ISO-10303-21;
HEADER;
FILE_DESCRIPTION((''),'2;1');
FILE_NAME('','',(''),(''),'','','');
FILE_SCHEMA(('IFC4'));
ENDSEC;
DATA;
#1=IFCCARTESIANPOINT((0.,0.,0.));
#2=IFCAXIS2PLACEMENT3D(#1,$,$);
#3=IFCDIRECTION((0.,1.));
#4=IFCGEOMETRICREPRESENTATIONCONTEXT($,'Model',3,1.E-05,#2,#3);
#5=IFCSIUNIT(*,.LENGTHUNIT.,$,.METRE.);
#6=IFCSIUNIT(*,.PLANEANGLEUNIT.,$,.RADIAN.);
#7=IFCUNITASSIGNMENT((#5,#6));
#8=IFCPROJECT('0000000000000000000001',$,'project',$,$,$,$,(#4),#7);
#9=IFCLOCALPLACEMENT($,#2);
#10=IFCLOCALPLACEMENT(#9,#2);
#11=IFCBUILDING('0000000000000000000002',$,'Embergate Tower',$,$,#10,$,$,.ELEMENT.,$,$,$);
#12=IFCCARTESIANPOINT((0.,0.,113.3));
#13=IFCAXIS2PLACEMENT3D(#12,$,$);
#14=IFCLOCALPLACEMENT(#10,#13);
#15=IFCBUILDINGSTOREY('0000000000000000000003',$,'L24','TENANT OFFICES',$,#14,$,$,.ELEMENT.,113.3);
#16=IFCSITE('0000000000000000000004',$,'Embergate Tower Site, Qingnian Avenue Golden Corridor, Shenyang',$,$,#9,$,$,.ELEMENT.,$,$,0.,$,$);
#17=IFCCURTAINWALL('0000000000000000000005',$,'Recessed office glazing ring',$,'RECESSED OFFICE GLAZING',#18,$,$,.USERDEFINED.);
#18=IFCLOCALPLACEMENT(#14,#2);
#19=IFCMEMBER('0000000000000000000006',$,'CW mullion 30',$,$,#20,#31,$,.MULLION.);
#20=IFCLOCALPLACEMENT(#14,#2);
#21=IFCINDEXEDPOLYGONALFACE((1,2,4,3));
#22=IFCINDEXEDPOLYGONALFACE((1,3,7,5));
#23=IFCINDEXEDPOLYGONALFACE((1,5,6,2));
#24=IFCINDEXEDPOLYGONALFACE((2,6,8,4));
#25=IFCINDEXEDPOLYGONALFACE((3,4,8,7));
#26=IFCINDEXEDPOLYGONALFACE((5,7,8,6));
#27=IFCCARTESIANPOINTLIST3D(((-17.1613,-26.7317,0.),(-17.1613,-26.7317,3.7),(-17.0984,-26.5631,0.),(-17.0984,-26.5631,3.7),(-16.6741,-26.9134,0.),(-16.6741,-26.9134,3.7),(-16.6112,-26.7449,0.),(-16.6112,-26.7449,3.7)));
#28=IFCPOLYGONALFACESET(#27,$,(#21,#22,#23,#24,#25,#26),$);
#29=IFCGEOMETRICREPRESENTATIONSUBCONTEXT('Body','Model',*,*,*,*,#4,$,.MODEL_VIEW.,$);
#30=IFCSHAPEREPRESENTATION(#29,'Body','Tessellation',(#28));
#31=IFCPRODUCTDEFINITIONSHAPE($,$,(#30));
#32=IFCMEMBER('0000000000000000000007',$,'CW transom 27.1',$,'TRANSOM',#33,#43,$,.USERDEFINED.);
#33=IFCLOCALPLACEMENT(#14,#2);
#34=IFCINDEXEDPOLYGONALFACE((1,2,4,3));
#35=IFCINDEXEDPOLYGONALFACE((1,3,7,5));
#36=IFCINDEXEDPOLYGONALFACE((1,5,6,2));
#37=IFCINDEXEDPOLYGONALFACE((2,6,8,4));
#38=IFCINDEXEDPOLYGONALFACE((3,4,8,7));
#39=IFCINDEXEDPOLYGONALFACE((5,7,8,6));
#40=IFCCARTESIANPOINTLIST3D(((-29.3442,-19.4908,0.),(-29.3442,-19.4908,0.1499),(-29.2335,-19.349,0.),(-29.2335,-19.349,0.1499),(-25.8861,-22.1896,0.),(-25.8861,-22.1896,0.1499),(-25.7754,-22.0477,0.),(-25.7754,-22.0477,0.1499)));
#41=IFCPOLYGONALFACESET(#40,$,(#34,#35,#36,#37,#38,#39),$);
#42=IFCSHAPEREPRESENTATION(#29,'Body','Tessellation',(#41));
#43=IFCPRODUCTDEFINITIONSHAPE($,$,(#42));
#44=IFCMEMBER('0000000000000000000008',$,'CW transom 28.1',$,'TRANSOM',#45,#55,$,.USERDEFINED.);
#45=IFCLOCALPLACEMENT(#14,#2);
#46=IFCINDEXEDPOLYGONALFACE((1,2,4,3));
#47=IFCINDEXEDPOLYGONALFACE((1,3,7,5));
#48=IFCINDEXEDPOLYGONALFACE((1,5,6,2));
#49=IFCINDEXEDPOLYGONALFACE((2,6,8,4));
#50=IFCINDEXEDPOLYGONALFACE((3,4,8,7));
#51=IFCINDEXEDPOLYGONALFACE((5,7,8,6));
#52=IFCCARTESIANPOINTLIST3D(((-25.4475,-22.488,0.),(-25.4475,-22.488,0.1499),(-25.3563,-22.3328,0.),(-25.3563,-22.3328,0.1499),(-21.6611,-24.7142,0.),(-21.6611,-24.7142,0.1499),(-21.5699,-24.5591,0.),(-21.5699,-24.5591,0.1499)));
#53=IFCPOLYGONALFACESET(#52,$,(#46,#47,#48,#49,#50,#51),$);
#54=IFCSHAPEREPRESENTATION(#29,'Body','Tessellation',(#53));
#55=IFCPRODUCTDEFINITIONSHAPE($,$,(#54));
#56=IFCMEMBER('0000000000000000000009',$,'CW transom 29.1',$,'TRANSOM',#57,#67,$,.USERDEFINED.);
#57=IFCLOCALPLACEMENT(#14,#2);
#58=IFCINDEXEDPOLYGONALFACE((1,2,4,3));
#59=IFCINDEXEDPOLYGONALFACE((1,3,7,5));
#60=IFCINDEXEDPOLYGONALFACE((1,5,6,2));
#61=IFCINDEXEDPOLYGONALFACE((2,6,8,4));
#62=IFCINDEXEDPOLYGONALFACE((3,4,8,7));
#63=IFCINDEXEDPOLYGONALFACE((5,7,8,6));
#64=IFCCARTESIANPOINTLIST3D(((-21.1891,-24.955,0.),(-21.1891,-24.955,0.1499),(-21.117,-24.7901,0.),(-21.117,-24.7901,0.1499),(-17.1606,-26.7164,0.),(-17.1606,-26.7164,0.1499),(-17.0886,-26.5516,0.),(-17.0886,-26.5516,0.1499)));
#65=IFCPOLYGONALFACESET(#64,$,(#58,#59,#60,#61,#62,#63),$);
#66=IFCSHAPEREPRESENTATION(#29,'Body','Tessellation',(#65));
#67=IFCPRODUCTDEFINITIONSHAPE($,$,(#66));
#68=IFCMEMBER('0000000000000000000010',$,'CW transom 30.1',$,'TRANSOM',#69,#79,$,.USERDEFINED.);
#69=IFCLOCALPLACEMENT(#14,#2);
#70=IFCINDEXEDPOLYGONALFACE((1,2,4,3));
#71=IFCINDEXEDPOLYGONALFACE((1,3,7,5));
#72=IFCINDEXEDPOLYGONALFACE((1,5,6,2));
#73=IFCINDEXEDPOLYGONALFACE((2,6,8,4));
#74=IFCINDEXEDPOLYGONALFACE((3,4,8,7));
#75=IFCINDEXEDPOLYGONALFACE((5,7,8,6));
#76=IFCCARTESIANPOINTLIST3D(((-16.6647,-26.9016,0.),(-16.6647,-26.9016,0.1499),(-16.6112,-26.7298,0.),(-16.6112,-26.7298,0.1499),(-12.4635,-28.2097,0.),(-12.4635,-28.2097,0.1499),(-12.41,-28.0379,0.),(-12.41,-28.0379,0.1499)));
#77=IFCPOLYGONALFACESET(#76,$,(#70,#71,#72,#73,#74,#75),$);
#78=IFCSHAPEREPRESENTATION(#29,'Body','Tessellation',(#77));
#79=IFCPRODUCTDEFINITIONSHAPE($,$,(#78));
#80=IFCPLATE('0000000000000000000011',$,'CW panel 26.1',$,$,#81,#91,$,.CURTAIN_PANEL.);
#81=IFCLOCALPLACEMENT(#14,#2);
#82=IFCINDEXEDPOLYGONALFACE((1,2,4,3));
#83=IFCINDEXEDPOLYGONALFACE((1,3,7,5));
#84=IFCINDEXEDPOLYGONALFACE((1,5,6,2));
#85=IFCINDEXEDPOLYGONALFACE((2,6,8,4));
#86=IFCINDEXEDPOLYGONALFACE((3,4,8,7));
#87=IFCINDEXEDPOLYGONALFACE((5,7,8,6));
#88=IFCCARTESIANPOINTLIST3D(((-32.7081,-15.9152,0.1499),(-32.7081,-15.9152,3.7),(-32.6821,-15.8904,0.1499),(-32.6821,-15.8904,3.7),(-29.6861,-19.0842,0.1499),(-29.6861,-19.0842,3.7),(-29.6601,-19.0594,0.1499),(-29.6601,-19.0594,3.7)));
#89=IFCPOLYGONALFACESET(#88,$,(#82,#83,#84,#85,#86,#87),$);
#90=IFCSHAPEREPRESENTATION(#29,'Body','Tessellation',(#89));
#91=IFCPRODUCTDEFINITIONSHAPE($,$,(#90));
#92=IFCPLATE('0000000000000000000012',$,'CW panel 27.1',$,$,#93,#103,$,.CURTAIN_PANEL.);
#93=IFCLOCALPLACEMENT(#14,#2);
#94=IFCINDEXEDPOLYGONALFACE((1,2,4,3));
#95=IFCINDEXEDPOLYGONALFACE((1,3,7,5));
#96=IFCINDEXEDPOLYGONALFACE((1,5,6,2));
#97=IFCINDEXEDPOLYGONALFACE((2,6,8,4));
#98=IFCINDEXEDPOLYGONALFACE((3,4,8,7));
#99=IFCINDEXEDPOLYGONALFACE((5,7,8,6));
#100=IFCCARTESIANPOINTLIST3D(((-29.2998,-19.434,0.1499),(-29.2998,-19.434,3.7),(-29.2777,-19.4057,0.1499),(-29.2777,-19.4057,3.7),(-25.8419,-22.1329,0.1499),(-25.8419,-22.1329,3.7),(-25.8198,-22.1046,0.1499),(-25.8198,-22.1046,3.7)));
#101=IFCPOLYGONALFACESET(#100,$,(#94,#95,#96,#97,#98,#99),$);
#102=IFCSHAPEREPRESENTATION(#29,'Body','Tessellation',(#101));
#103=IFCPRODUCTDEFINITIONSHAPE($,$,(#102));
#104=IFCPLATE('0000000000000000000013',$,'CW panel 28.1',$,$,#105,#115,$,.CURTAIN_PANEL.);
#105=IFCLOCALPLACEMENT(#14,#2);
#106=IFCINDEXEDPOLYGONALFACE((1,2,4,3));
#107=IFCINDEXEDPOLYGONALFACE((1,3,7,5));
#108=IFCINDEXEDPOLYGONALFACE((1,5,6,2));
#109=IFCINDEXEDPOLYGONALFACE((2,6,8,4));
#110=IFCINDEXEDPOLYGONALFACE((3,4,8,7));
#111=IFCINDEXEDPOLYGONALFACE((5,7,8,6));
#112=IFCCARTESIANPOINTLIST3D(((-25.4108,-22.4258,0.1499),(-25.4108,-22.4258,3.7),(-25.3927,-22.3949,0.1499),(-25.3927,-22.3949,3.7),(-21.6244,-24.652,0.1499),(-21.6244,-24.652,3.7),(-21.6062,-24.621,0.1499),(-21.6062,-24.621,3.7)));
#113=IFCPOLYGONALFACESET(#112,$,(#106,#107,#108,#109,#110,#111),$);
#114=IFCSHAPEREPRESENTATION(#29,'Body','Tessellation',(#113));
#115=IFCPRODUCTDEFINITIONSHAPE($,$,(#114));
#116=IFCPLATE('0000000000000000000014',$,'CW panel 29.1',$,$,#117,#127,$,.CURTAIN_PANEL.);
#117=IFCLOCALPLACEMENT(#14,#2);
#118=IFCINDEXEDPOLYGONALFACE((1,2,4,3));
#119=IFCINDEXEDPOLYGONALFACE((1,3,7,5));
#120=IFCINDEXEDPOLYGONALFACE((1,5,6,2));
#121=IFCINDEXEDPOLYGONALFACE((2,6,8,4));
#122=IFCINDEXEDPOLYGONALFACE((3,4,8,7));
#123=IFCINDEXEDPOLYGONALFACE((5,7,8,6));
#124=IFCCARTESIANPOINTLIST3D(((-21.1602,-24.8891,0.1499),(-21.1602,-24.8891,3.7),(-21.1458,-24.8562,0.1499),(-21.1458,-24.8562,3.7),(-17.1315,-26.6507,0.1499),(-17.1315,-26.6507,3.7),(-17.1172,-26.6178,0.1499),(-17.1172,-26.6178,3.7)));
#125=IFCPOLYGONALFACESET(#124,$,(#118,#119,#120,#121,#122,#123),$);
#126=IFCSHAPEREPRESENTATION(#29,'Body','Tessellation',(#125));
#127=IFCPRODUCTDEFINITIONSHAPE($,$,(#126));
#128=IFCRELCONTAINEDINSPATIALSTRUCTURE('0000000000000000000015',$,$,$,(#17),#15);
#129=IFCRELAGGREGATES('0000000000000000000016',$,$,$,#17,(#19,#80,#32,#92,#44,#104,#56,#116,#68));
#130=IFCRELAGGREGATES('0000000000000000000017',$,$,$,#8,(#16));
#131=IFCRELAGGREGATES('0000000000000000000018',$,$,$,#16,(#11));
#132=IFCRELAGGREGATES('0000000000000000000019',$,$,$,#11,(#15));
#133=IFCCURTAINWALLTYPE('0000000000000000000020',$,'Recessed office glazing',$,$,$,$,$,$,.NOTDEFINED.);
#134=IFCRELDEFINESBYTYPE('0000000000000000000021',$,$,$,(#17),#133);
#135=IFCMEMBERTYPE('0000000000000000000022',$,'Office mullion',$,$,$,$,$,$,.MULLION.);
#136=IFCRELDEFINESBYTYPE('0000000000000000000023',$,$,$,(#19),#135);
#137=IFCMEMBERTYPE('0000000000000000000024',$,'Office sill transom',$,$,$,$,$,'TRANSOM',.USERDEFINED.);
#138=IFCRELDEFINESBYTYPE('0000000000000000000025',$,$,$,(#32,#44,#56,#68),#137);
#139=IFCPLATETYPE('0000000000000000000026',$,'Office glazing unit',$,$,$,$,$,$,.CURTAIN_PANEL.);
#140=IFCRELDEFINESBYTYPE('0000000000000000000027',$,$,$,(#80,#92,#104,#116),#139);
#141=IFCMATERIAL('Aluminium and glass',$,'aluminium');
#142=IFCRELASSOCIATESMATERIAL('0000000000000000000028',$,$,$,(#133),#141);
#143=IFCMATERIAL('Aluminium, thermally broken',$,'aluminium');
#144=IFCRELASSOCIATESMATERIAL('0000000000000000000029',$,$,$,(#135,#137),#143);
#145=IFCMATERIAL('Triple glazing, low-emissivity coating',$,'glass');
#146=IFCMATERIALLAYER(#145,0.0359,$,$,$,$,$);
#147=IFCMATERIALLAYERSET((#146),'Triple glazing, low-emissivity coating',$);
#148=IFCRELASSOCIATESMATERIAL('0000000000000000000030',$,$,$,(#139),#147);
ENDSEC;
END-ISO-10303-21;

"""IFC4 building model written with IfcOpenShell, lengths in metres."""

from ifc_helpers import new_model, si_unit, direction, frame, origin, origin_2d, place, context, subcontext, project, spatial, rectangle, extrude, source, transform, mapped, material, layer, layer_set, material_profile, profile_set, type_object, element, aggregate, save


model = new_model("IFC4")

# Units and contexts
model_context = context("Model", 3, precision=1e-05, world=origin(), true_north=direction((0.0, 1.0)))
body_context = subcontext(model_context, "Body", "Model", "MODEL_VIEW")
ifc_project = project(units=[si_unit("LENGTHUNIT", "METRE"), si_unit("PLANEANGLEUNIT", "RADIAN")], contexts=[model_context])

# Site, building, storey
site_placement = place(None, origin())
site = spatial("IfcSite", under=ifc_project, at=site_placement, Name="Embergate Tower Site, Qingnian Avenue Golden Corridor, Shenyang", CompositionType="ELEMENT", RefElevation=0.0)
building_placement = place(site_placement, origin())
building = spatial("IfcBuilding", under=site, at=building_placement, Name="Embergate Tower", CompositionType="ELEMENT")
storey_placement = place(building_placement, frame((0.0, 0.0, 113.3)))
storey = spatial("IfcBuildingStorey", under=building, at=storey_placement, Name="L24", Description="TENANT OFFICES", CompositionType="ELEMENT", Elevation=113.3)

# Curtain wall, members, plates
ifc_material_1 = material(Name="Aluminium and glass", Category="aluminium")
curtain_wall_type = type_object("IfcCurtainWallType", Name="Recessed office glazing", PredefinedType="NOTDEFINED", material=ifc_material_1)
curtain_wall_placement = place(storey_placement, origin())
curtain_wall = element("IfcCurtainWall", 1, at=curtain_wall_placement, inside=storey, type_object=curtain_wall_type, Name="Recessed office glazing ring", ObjectType="RECESSED OFFICE GLAZING", PredefinedType="USERDEFINED")
ifc_material_2 = material(Name="Aluminium, thermally broken", Category="aluminium")
ifc_material_profile_1 = material_profile(ifc_material_2, rectangle(XDim=0.1799, YDim=0.52, at=origin_2d()), Name="AL 520x180")
ifc_profile_set_1 = profile_set([ifc_material_profile_1], Name="Aluminium, thermally broken")
member_type_1 = type_object("IfcMemberType", Name="Office mullion", PredefinedType="MULLION", material=ifc_profile_set_1)
shared_shape_1 = source(origin(), body_context, "Body", "SweptSolid", [
    extrude(rectangle(XDim=0.1799, YDim=0.52, at=origin_2d()), origin(), (0.0, 0.0, 1.0), 3.7),
])
member_1_placement = place(storey_placement, frame((-16.8862, -26.7383, 0.0), z_axis=(0.0, 0.0, 1.0), x_axis=(0.349506, 0.936934, 0.0)))
member_1 = element("IfcMember", 2, at=member_1_placement, type_object=member_type_1, Name="CW mullion 30", PredefinedType="MULLION", context=body_context, shape_type="MappedRepresentation", body=[
    mapped(shared_shape_1, transform((0.0, 0.0, 0.0))),
])
ifc_material_profile_2 = material_profile(ifc_material_2, rectangle(XDim=0.1799, YDim=0.1499, at=origin_2d()), Name="AL 150x180")
ifc_profile_set_2 = profile_set([ifc_material_profile_2], Name="Aluminium, thermally broken")
member_type_2 = type_object("IfcMemberType", Name="Office sill transom", ElementType="TRANSOM", PredefinedType="USERDEFINED", material=ifc_profile_set_2)
shared_shape_2 = source(origin(), body_context, "Body", "SweptSolid", [
    extrude(rectangle(XDim=0.1799, YDim=0.1499, at=origin_2d()), origin(), (0.0, 0.0, 1.0), 4.3865),
])
member_2_placement = place(storey_placement, frame((-29.2888, -19.4199, 0.075), z_axis=(0.788338, -0.615242, 0.0), x_axis=(0.615242, 0.788338, 0.0)))
member_2 = element("IfcMember", 3, at=member_2_placement, type_object=member_type_2, Name="CW transom 27.1", ObjectType="TRANSOM", PredefinedType="USERDEFINED", context=body_context, shape_type="MappedRepresentation", body=[
    mapped(shared_shape_2, transform((0.0, 0.0, 0.0))),
])
shared_shape_3 = source(origin(), body_context, "Body", "SweptSolid", [
    extrude(rectangle(XDim=0.1799, YDim=0.1499, at=origin_2d()), origin(), (0.0, 0.0, 1.0), 4.3923),
])
member_3_placement = place(storey_placement, frame((-25.4019, -22.4104, 0.075), z_axis=(0.86203, -0.506857, 0.0), x_axis=(0.506857, 0.86203, 0.0)))
member_3 = element("IfcMember", 4, at=member_3_placement, type_object=member_type_2, Name="CW transom 28.1", ObjectType="TRANSOM", PredefinedType="USERDEFINED", context=body_context, shape_type="MappedRepresentation", body=[
    mapped(shared_shape_3, transform((0.0, 0.0, 0.0))),
])
shared_shape_4 = source(origin(), body_context, "Body", "SweptSolid", [
    extrude(rectangle(XDim=0.1799, YDim=0.1499, at=origin_2d()), origin(), (0.0, 0.0, 1.0), 4.3967),
])
member_4_placement = place(storey_placement, frame((-21.1531, -24.8726, 0.075), z_axis=(0.916243, -0.400624, 0.0), x_axis=(0.400624, 0.916243, 0.0)))
member_4 = element("IfcMember", 5, at=member_4_placement, type_object=member_type_2, Name="CW transom 29.1", ObjectType="TRANSOM", PredefinedType="USERDEFINED", context=body_context, shape_type="MappedRepresentation", body=[
    mapped(shared_shape_4, transform((0.0, 0.0, 0.0))),
])
shared_shape_5 = source(origin(), body_context, "Body", "SweptSolid", [
    extrude(rectangle(XDim=0.1799, YDim=0.1499, at=origin_2d()), origin(), (0.0, 0.0, 1.0), 4.4001),
])
member_5_placement = place(storey_placement, frame((-16.6379, -26.8157, 0.075), z_axis=(0.954788, -0.297289, 0.0), x_axis=(0.297289, 0.954788, 0.0)))
member_5 = element("IfcMember", 6, at=member_5_placement, type_object=member_type_2, Name="CW transom 30.1", ObjectType="TRANSOM", PredefinedType="USERDEFINED", context=body_context, shape_type="MappedRepresentation", body=[
    mapped(shared_shape_5, transform((0.0, 0.0, 0.0))),
])
ifc_material_3 = material(Name="Triple glazing, low-emissivity coating", Category="glass")
ifc_layer = layer(ifc_material_3, 0.0359)
ifc_layer_set = layer_set([ifc_layer], Name="Triple glazing, low-emissivity coating")
plate_type = type_object("IfcPlateType", Name="Office glazing unit", PredefinedType="CURTAIN_PANEL", material=ifc_layer_set)
shared_shape_6 = source(origin(), body_context, "Body", "SweptSolid", [
    extrude(rectangle(XDim=4.3789, YDim=0.0359, at=origin_2d()), origin(), (0.0, 0.0, 1.0), 3.55),
])
plate_1_placement = place(storey_placement, frame((-31.1841, -17.4873, 0.1499), z_axis=(0.0, 0.0, 1.0), x_axis=(0.69013, -0.723685, 0.0)))
plate_1 = element("IfcPlate", 7, at=plate_1_placement, type_object=plate_type, Name="CW panel 26.1", PredefinedType="CURTAIN_PANEL", context=body_context, shape_type="MappedRepresentation", body=[
    mapped(shared_shape_6, transform((0.0, 0.0, 0.0))),
])
shared_shape_7 = source(origin(), body_context, "Body", "SweptSolid", [
    extrude(rectangle(XDim=4.3865, YDim=0.0359, at=origin_2d()), origin(), (0.0, 0.0, 1.0), 3.55),
])
plate_2_placement = place(storey_placement, frame((-27.5598, -20.7693, 0.1499), z_axis=(0.0, 0.0, 1.0), x_axis=(0.788317, -0.615269, 0.0)))
plate_2 = element("IfcPlate", 8, at=plate_2_placement, type_object=plate_type, Name="CW panel 27.1", PredefinedType="CURTAIN_PANEL", context=body_context, shape_type="MappedRepresentation", body=[
    mapped(shared_shape_7, transform((0.0, 0.0, 0.0))),
])
shared_shape_8 = source(origin(), body_context, "Body", "SweptSolid", [
    extrude(rectangle(XDim=4.3923, YDim=0.0359, at=origin_2d()), origin(), (0.0, 0.0, 1.0), 3.55),
])
plate_3_placement = place(storey_placement, frame((-23.5085, -23.5234, 0.1499), z_axis=(0.0, 0.0, 1.0), x_axis=(0.862051, -0.506822, 0.0)))
plate_3 = element("IfcPlate", 9, at=plate_3_placement, type_object=plate_type, Name="CW panel 28.1", PredefinedType="CURTAIN_PANEL", context=body_context, shape_type="MappedRepresentation", body=[
    mapped(shared_shape_8, transform((0.0, 0.0, 0.0))),
])
shared_shape_9 = source(origin(), body_context, "Body", "SweptSolid", [
    extrude(rectangle(XDim=4.397, YDim=0.0359, at=origin_2d()), origin(), (0.0, 0.0, 1.0), 3.55),
])
plate_4_placement = place(storey_placement, frame((-19.1387, -25.7534, 0.1499), z_axis=(0.0, 0.0, 1.0), x_axis=(0.916234, -0.400643, 0.0)))
plate_4 = element("IfcPlate", 10, at=plate_4_placement, type_object=plate_type, Name="CW panel 29.1", PredefinedType="CURTAIN_PANEL", context=body_context, shape_type="MappedRepresentation", body=[
    mapped(shared_shape_9, transform((0.0, 0.0, 0.0))),
])
aggregate(curtain_wall, [member_1, plate_1, member_2, plate_2, member_3, plate_3, member_4, plate_4, member_5])

save(model, "model.ifc")
